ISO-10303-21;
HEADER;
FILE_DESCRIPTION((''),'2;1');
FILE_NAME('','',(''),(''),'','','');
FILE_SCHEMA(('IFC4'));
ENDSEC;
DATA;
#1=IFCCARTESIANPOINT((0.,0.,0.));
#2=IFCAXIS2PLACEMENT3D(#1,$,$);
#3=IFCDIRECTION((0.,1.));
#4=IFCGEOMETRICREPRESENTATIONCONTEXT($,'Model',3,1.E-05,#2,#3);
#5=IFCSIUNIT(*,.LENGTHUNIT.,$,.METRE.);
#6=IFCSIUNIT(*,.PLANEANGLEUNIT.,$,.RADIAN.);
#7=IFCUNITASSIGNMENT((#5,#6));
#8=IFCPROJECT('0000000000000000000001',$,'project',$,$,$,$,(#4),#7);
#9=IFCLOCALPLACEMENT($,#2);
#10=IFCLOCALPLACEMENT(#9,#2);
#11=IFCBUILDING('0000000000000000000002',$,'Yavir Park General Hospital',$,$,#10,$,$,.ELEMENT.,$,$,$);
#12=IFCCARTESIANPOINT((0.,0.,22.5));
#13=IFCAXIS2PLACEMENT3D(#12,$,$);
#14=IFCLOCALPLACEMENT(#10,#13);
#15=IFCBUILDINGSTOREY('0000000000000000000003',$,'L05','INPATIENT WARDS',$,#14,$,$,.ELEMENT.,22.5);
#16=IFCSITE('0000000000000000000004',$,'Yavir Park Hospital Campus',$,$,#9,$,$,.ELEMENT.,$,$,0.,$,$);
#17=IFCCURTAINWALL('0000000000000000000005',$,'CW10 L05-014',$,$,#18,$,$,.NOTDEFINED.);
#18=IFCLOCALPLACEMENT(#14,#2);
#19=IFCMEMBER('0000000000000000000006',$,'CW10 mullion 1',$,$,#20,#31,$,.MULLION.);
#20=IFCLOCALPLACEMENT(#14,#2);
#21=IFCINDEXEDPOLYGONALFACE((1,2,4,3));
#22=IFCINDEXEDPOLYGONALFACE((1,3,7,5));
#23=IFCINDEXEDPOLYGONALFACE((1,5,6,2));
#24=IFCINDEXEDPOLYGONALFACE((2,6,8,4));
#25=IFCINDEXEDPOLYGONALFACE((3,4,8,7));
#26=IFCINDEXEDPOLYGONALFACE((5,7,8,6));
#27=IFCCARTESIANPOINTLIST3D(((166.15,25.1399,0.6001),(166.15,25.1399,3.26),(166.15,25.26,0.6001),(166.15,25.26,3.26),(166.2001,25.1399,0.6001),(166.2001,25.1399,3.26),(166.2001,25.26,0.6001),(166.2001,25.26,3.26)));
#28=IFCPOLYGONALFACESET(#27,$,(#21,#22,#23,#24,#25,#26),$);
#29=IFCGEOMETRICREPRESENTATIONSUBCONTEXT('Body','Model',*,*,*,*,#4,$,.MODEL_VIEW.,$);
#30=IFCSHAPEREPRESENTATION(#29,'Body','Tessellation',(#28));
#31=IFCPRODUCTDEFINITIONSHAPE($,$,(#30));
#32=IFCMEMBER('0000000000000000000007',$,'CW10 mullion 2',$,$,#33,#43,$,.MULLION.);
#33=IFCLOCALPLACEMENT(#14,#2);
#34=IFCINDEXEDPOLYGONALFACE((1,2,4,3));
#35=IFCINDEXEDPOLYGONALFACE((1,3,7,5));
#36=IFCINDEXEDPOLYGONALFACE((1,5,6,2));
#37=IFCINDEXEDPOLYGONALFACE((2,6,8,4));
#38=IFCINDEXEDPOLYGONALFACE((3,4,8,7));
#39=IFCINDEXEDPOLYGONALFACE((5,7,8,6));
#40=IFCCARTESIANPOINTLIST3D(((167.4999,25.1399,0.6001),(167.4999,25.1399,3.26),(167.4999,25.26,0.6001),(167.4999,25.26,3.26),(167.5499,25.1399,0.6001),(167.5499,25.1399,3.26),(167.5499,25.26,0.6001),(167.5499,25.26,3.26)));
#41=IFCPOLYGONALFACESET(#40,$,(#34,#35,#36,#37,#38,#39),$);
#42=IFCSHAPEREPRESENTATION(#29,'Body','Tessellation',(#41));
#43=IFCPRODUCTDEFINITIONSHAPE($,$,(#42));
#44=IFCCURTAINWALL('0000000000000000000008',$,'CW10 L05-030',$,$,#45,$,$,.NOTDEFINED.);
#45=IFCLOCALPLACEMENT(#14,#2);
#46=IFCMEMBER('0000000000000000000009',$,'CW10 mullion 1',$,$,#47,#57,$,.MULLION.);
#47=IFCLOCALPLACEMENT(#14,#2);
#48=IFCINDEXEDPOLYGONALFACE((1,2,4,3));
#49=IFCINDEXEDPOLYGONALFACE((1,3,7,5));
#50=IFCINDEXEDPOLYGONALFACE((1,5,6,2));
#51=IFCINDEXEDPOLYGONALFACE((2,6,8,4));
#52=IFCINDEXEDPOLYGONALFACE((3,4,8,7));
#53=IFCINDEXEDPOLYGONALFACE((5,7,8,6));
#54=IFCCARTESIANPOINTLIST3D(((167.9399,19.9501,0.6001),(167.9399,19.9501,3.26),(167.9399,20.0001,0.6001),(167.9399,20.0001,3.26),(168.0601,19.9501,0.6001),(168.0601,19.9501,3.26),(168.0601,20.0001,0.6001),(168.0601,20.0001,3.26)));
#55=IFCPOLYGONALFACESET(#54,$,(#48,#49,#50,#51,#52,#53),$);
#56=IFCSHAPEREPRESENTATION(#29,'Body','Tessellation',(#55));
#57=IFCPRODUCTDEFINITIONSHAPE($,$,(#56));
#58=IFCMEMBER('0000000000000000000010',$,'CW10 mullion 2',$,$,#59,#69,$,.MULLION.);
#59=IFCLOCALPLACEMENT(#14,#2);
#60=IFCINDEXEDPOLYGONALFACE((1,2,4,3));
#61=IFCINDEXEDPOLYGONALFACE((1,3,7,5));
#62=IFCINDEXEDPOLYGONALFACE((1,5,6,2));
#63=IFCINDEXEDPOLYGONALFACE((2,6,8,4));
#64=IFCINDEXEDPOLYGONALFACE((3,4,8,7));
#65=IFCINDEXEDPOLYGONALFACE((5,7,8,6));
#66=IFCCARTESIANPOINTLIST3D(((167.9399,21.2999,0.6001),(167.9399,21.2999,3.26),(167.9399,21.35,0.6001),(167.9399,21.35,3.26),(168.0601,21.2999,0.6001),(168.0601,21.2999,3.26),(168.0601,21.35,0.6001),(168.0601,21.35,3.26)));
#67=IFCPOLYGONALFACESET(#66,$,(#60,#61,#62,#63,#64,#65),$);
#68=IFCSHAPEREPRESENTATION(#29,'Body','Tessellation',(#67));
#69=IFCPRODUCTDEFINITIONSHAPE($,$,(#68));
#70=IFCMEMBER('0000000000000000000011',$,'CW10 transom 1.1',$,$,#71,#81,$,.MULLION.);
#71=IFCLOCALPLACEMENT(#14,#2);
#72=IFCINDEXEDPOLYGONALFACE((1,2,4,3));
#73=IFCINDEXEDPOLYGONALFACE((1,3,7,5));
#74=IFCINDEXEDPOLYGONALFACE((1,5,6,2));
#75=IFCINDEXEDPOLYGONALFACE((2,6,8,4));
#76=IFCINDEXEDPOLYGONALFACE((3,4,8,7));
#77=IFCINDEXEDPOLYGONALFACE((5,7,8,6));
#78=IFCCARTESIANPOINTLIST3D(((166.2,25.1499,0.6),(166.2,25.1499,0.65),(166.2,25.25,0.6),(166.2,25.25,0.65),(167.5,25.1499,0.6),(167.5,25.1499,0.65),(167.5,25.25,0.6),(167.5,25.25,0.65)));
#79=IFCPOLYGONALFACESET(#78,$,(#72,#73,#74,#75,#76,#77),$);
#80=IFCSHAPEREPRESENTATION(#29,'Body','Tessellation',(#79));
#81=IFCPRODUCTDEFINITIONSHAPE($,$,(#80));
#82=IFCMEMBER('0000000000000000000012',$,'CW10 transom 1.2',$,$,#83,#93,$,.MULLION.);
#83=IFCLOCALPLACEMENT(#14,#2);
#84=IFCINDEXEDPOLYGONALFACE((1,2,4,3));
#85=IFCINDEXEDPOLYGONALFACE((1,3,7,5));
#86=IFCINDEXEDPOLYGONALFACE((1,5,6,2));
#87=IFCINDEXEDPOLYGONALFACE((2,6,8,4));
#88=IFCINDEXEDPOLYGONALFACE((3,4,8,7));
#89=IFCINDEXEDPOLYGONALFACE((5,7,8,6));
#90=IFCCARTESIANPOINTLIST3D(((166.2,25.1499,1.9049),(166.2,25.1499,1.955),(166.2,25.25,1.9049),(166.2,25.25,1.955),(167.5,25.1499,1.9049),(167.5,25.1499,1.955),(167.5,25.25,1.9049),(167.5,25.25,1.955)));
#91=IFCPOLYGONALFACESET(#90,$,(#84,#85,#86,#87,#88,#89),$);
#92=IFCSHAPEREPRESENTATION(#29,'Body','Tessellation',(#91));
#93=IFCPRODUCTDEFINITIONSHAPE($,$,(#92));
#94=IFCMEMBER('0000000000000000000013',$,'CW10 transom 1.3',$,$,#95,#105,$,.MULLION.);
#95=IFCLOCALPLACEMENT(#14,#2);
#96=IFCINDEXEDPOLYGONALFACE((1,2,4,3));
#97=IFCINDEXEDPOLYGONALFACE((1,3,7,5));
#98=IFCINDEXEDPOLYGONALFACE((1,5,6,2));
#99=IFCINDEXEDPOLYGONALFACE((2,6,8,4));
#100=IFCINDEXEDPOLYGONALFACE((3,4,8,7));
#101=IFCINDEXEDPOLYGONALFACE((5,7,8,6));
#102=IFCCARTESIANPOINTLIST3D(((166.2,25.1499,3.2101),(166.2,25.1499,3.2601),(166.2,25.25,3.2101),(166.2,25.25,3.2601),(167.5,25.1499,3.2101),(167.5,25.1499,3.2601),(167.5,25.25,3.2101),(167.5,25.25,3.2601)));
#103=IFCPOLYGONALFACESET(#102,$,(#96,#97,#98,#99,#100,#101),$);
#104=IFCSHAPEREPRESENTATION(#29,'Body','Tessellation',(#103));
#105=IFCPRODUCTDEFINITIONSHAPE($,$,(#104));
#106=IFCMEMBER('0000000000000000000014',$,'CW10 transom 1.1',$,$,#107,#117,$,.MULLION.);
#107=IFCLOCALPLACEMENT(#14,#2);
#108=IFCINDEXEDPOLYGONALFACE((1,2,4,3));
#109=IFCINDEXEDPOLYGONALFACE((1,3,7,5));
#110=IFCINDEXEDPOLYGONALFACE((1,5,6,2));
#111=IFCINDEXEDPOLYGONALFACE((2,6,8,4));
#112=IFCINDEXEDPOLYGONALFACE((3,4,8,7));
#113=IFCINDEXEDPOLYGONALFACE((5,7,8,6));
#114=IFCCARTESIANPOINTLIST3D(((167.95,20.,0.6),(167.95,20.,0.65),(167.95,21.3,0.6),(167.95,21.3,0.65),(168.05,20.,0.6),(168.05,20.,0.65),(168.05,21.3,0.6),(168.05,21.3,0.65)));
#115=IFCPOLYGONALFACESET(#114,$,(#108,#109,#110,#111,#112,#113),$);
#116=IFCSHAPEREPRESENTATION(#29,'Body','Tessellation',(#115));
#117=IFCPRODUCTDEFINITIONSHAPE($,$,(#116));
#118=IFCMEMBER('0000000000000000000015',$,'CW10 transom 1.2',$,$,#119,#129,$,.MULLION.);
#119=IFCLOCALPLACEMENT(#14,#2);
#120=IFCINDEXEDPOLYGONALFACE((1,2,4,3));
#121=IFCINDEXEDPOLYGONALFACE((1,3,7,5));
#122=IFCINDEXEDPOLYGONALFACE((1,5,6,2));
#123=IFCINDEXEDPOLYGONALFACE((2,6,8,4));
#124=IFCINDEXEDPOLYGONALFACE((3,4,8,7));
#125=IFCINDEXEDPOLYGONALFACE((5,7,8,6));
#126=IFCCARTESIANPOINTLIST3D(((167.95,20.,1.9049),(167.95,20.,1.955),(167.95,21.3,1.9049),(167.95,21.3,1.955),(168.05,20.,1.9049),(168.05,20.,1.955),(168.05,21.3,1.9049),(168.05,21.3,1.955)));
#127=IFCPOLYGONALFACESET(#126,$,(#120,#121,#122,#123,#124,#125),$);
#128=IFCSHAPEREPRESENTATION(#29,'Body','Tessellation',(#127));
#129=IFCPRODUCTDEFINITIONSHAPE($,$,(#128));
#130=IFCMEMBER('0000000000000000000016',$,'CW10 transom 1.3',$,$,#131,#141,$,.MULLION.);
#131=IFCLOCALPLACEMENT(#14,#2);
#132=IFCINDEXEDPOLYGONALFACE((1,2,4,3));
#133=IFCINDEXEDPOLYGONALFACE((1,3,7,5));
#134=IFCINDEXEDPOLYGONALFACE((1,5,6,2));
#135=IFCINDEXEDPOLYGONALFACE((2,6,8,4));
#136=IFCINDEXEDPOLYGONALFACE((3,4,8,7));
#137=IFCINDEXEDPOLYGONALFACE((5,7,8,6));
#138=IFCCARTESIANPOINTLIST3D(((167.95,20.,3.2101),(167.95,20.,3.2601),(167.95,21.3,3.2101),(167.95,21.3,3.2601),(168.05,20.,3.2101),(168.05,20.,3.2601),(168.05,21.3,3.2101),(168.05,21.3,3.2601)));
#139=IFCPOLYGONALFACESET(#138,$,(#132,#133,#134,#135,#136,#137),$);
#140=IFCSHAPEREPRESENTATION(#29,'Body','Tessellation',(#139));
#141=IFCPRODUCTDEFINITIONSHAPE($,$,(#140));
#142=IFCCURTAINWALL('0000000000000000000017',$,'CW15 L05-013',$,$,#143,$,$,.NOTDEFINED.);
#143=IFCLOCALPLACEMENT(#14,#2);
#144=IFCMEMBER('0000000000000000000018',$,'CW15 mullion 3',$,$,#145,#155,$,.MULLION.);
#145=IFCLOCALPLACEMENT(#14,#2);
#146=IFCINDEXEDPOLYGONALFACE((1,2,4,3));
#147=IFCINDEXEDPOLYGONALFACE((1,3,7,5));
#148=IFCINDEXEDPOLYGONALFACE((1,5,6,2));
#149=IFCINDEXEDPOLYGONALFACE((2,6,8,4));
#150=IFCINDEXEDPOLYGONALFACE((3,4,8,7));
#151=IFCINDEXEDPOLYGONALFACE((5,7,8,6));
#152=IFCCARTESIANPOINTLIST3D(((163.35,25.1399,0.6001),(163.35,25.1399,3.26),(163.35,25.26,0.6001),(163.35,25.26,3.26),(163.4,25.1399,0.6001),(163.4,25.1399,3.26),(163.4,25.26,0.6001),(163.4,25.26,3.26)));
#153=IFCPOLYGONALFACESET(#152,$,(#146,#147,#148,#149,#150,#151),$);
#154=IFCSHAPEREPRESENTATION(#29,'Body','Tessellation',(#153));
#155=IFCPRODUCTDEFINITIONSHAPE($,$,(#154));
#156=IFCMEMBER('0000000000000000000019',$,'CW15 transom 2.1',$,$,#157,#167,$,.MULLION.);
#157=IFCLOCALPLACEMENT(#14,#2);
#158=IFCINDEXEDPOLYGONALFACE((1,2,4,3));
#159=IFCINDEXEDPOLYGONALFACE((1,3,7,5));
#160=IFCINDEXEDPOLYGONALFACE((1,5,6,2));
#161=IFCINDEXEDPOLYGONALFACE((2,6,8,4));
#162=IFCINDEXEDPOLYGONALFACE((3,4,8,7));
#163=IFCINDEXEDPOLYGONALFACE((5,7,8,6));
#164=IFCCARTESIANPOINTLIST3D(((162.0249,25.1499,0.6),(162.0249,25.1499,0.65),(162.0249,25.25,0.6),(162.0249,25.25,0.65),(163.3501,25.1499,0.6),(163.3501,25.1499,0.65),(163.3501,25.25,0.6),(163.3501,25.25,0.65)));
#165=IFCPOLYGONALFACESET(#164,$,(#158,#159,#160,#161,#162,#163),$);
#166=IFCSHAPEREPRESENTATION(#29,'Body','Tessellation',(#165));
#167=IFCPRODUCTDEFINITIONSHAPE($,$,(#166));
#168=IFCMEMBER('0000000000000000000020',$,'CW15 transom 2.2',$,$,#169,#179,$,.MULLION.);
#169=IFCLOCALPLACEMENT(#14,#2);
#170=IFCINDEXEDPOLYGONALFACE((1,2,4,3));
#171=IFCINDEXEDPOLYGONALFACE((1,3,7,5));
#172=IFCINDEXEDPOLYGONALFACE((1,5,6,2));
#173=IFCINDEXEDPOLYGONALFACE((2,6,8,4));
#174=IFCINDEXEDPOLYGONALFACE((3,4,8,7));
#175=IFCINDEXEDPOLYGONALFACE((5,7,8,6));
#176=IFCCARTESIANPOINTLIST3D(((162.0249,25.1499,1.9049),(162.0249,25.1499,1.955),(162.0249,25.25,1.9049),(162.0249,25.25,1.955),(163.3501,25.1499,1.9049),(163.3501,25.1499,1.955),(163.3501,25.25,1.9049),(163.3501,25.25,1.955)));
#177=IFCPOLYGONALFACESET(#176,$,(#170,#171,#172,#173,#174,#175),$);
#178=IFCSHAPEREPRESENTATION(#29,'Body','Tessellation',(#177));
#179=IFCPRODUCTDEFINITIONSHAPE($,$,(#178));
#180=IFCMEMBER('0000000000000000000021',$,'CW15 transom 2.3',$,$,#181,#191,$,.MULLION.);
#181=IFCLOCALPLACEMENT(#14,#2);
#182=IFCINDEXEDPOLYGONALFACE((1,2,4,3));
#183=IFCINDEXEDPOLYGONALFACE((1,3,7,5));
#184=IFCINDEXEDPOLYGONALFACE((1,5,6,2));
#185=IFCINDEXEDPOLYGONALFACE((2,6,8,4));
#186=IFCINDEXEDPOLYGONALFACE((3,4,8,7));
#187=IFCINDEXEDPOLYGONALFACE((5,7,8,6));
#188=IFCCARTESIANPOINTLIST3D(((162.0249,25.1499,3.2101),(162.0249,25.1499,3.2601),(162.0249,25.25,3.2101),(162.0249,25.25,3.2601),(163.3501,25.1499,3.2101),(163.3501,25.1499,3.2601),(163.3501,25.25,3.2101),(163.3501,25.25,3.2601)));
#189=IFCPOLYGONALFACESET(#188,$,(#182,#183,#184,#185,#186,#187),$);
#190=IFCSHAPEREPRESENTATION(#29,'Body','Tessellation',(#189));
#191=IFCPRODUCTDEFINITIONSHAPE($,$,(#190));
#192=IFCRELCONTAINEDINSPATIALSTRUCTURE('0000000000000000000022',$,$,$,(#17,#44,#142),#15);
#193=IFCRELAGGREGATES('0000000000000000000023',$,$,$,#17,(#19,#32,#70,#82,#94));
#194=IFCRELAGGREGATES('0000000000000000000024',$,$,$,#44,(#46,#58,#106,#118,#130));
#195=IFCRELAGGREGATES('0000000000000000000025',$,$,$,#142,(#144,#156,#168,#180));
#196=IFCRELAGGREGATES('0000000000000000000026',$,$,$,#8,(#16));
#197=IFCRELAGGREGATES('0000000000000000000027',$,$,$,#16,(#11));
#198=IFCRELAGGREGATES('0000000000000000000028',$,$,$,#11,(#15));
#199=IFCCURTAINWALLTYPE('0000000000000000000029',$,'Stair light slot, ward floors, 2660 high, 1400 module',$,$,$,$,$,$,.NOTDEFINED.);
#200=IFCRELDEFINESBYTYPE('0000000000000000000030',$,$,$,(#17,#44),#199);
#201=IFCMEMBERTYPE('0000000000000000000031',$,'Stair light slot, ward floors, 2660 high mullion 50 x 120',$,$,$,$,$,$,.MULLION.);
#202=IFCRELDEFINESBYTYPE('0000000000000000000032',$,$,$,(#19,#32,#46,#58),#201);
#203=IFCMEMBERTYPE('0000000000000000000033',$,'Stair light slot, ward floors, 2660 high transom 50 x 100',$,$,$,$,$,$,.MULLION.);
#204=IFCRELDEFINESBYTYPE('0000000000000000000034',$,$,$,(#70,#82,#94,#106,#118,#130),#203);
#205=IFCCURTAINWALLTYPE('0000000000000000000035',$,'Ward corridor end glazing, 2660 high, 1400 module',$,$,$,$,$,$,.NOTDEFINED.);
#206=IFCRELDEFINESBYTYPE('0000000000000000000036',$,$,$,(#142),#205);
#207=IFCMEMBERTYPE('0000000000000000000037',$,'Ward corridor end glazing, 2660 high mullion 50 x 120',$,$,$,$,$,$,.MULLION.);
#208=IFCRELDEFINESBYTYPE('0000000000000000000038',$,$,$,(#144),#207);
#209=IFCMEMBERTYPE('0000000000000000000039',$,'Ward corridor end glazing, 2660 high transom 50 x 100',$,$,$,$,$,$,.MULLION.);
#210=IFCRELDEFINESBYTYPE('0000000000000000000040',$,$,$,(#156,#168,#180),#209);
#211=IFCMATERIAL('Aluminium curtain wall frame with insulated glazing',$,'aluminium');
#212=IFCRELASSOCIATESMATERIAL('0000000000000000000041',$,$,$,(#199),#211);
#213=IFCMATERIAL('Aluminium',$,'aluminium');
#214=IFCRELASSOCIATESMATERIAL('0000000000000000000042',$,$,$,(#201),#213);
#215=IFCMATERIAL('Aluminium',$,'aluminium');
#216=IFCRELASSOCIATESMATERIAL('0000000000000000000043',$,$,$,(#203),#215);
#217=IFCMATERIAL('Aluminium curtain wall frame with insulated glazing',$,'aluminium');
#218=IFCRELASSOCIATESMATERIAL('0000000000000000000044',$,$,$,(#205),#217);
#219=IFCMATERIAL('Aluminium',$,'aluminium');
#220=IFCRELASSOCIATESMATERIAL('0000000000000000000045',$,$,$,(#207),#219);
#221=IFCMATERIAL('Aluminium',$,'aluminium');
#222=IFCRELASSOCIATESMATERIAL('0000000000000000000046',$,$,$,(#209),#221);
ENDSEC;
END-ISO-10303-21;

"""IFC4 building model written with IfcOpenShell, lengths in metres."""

from ifc_helpers import new_model, si_unit, direction, frame, origin, origin_2d, place, context, subcontext, project, spatial, rectangle, extrude, material, material_profile, profile_set, type_object, element, aggregate, save


model = new_model("IFC4")

# Units and contexts
model_context = context("Model", 3, precision=1e-05, world=origin(), true_north=direction((0.0, 1.0)))
body_context = subcontext(model_context, "Body", "Model", "MODEL_VIEW")
ifc_project = project(units=[si_unit("LENGTHUNIT", "METRE"), si_unit("PLANEANGLEUNIT", "RADIAN")], contexts=[model_context])

# Site, building, storey
site_placement = place(None, origin())
site = spatial("IfcSite", under=ifc_project, at=site_placement, Name="Yavir Park Hospital Campus", CompositionType="ELEMENT", RefElevation=0.0)
building_placement = place(site_placement, origin())
building = spatial("IfcBuilding", under=site, at=building_placement, Name="Yavir Park General Hospital", CompositionType="ELEMENT")
storey_placement = place(building_placement, frame((0.0, 0.0, 22.5)))
storey = spatial("IfcBuildingStorey", under=building, at=storey_placement, Name="L05", Description="INPATIENT WARDS", CompositionType="ELEMENT", Elevation=22.5)

# Curtain walls, members
ifc_material_1 = material(Name="Aluminium curtain wall frame with insulated glazing", Category="aluminium")
curtain_wall_type_1 = type_object("IfcCurtainWallType", Name="Stair light slot, ward floors, 2660 high, 1400 module", PredefinedType="NOTDEFINED", material=ifc_material_1)
curtain_wall_1_placement = place(storey_placement, origin())
curtain_wall_1 = element("IfcCurtainWall", 1, at=curtain_wall_1_placement, inside=storey, type_object=curtain_wall_type_1, Name="CW10 L05-014", PredefinedType="NOTDEFINED")
ifc_material_2 = material(Name="Aluminium", Category="aluminium")
ifc_material_profile_1 = material_profile(ifc_material_2, rectangle(XDim=0.1201, YDim=0.05, at=origin_2d()), Name="AL 50x120")
ifc_profile_set_1 = profile_set([ifc_material_profile_1], Name="Aluminium")
member_type_1 = type_object("IfcMemberType", Name="Stair light slot, ward floors, 2660 high mullion 50 x 120", PredefinedType="MULLION", material=ifc_profile_set_1)
member_1_placement = place(storey_placement, frame((166.175, 25.2, 0.6001), z_axis=(0.0, 0.0, 1.0), x_axis=(0.0, 1.0, 0.0)))
member_1 = element("IfcMember", 2, at=member_1_placement, type_object=member_type_1, Name="CW10 mullion 1", PredefinedType="MULLION", context=body_context, shape_type="SweptSolid", body=[
    extrude(rectangle(XDim=0.1201, YDim=0.05, at=origin_2d()), origin(), (0.0, 0.0, 1.0), 2.6599),
])
member_2_placement = place(storey_placement, frame((167.5249, 25.2, 0.6001), z_axis=(0.0, 0.0, 1.0), x_axis=(0.0, 1.0, 0.0)))
member_2 = element("IfcMember", 3, at=member_2_placement, type_object=member_type_1, Name="CW10 mullion 2", PredefinedType="MULLION", context=body_context, shape_type="SweptSolid", body=[
    extrude(rectangle(XDim=0.1201, YDim=0.05, at=origin_2d()), origin(), (0.0, 0.0, 1.0), 2.6599),
])
curtain_wall_2_placement = place(storey_placement, origin())
curtain_wall_2 = element("IfcCurtainWall", 4, at=curtain_wall_2_placement, inside=storey, type_object=curtain_wall_type_1, Name="CW10 L05-030", PredefinedType="NOTDEFINED")
member_3_placement = place(storey_placement, frame((168.0, 19.9751, 0.6001), z_axis=(0.0, 0.0, 1.0), x_axis=(-1.0, 0.0, 0.0)))
member_3 = element("IfcMember", 5, at=member_3_placement, type_object=member_type_1, Name="CW10 mullion 1", PredefinedType="MULLION", context=body_context, shape_type="SweptSolid", body=[
    extrude(rectangle(XDim=0.1201, YDim=0.05, at=origin_2d()), origin(), (0.0, 0.0, 1.0), 2.6599),
])
member_4_placement = place(storey_placement, frame((168.0, 21.325, 0.6001), z_axis=(0.0, 0.0, 1.0), x_axis=(-1.0, 0.0, 0.0)))
member_4 = element("IfcMember", 6, at=member_4_placement, type_object=member_type_1, Name="CW10 mullion 2", PredefinedType="MULLION", context=body_context, shape_type="SweptSolid", body=[
    extrude(rectangle(XDim=0.1201, YDim=0.05, at=origin_2d()), origin(), (0.0, 0.0, 1.0), 2.6599),
])

# Members
ifc_material_3 = material(Name="Aluminium", Category="aluminium")
ifc_material_profile_2 = material_profile(ifc_material_3, rectangle(XDim=0.1001, YDim=0.05, at=origin_2d()), Name="AL 100x50")
ifc_profile_set_2 = profile_set([ifc_material_profile_2], Name="Aluminium")
member_type_2 = type_object("IfcMemberType", Name="Stair light slot, ward floors, 2660 high transom 50 x 100", PredefinedType="MULLION", material=ifc_profile_set_2)
member_5_placement = place(storey_placement, frame((166.2, 25.2, 0.625), z_axis=(1.0, 0.0, 0.0), x_axis=(0.0, 1.0, 0.0)))
member_5 = element("IfcMember", 7, at=member_5_placement, type_object=member_type_2, Name="CW10 transom 1.1", PredefinedType="MULLION", context=body_context, shape_type="SweptSolid", body=[
    extrude(rectangle(XDim=0.1001, YDim=0.05, at=origin_2d()), origin(), (0.0, 0.0, 1.0), 1.3),
])
member_6_placement = place(storey_placement, frame((166.2, 25.2, 1.9299), z_axis=(1.0, 0.0, 0.0), x_axis=(0.0, 1.0, 0.0)))
member_6 = element("IfcMember", 8, at=member_6_placement, type_object=member_type_2, Name="CW10 transom 1.2", PredefinedType="MULLION", context=body_context, shape_type="SweptSolid", body=[
    extrude(rectangle(XDim=0.1001, YDim=0.05, at=origin_2d()), origin(), (0.0, 0.0, 1.0), 1.3),
])
member_7_placement = place(storey_placement, frame((166.2, 25.2, 3.2351), z_axis=(1.0, 0.0, 0.0), x_axis=(0.0, 1.0, 0.0)))
member_7 = element("IfcMember", 9, at=member_7_placement, type_object=member_type_2, Name="CW10 transom 1.3", PredefinedType="MULLION", context=body_context, shape_type="SweptSolid", body=[
    extrude(rectangle(XDim=0.1001, YDim=0.05, at=origin_2d()), origin(), (0.0, 0.0, 1.0), 1.3),
])
member_8_placement = place(storey_placement, frame((168.0, 20.0, 0.625), z_axis=(0.0, 1.0, 0.0), x_axis=(-1.0, 0.0, 0.0)))
member_8 = element("IfcMember", 10, at=member_8_placement, type_object=member_type_2, Name="CW10 transom 1.1", PredefinedType="MULLION", context=body_context, shape_type="SweptSolid", body=[
    extrude(rectangle(XDim=0.1001, YDim=0.05, at=origin_2d()), origin(), (0.0, 0.0, 1.0), 1.3),
])
member_9_placement = place(storey_placement, frame((168.0, 20.0, 1.9299), z_axis=(0.0, 1.0, 0.0), x_axis=(-1.0, 0.0, 0.0)))
member_9 = element("IfcMember", 11, at=member_9_placement, type_object=member_type_2, Name="CW10 transom 1.2", PredefinedType="MULLION", context=body_context, shape_type="SweptSolid", body=[
    extrude(rectangle(XDim=0.1001, YDim=0.05, at=origin_2d()), origin(), (0.0, 0.0, 1.0), 1.3),
])
member_10_placement = place(storey_placement, frame((168.0, 20.0, 3.2351), z_axis=(0.0, 1.0, 0.0), x_axis=(-1.0, 0.0, 0.0)))
member_10 = element("IfcMember", 12, at=member_10_placement, type_object=member_type_2, Name="CW10 transom 1.3", PredefinedType="MULLION", context=body_context, shape_type="SweptSolid", body=[
    extrude(rectangle(XDim=0.1001, YDim=0.05, at=origin_2d()), origin(), (0.0, 0.0, 1.0), 1.3),
])

# Curtain wall, members
ifc_material_4 = material(Name="Aluminium curtain wall frame with insulated glazing", Category="aluminium")
curtain_wall_type_2 = type_object("IfcCurtainWallType", Name="Ward corridor end glazing, 2660 high, 1400 module", PredefinedType="NOTDEFINED", material=ifc_material_4)
curtain_wall_3_placement = place(storey_placement, origin())
curtain_wall_3 = element("IfcCurtainWall", 13, at=curtain_wall_3_placement, inside=storey, type_object=curtain_wall_type_2, Name="CW15 L05-013", PredefinedType="NOTDEFINED")
ifc_material_5 = material(Name="Aluminium", Category="aluminium")
ifc_material_profile_3 = material_profile(ifc_material_5, rectangle(XDim=0.1201, YDim=0.05, at=origin_2d()), Name="AL 50x120")
ifc_profile_set_3 = profile_set([ifc_material_profile_3], Name="Aluminium")
member_type_3 = type_object("IfcMemberType", Name="Ward corridor end glazing, 2660 high mullion 50 x 120", PredefinedType="MULLION", material=ifc_profile_set_3)
member_11_placement = place(storey_placement, frame((163.375, 25.2, 0.6001), z_axis=(0.0, 0.0, 1.0), x_axis=(0.0, 1.0, 0.0)))
member_11 = element("IfcMember", 14, at=member_11_placement, type_object=member_type_3, Name="CW15 mullion 3", PredefinedType="MULLION", context=body_context, shape_type="SweptSolid", body=[
    extrude(rectangle(XDim=0.1201, YDim=0.05, at=origin_2d()), origin(), (0.0, 0.0, 1.0), 2.6599),
])
ifc_material_6 = material(Name="Aluminium", Category="aluminium")
ifc_material_profile_4 = material_profile(ifc_material_6, rectangle(XDim=0.1001, YDim=0.05, at=origin_2d()), Name="AL 100x50")
ifc_profile_set_4 = profile_set([ifc_material_profile_4], Name="Aluminium")
member_type_4 = type_object("IfcMemberType", Name="Ward corridor end glazing, 2660 high transom 50 x 100", PredefinedType="MULLION", material=ifc_profile_set_4)
member_12_placement = place(storey_placement, frame((162.0249, 25.2, 0.625), z_axis=(1.0, 0.0, 0.0), x_axis=(0.0, 1.0, 0.0)))
member_12 = element("IfcMember", 15, at=member_12_placement, type_object=member_type_4, Name="CW15 transom 2.1", PredefinedType="MULLION", context=body_context, shape_type="SweptSolid", body=[
    extrude(rectangle(XDim=0.1001, YDim=0.05, at=origin_2d()), origin(), (0.0, 0.0, 1.0), 1.3252),
])
member_13_placement = place(storey_placement, frame((162.0249, 25.2, 1.9299), z_axis=(1.0, 0.0, 0.0), x_axis=(0.0, 1.0, 0.0)))
member_13 = element("IfcMember", 16, at=member_13_placement, type_object=member_type_4, Name="CW15 transom 2.2", PredefinedType="MULLION", context=body_context, shape_type="SweptSolid", body=[
    extrude(rectangle(XDim=0.1001, YDim=0.05, at=origin_2d()), origin(), (0.0, 0.0, 1.0), 1.3252),
])
member_14_placement = place(storey_placement, frame((162.0249, 25.2, 3.2351), z_axis=(1.0, 0.0, 0.0), x_axis=(0.0, 1.0, 0.0)))
member_14 = element("IfcMember", 17, at=member_14_placement, type_object=member_type_4, Name="CW15 transom 2.3", PredefinedType="MULLION", context=body_context, shape_type="SweptSolid", body=[
    extrude(rectangle(XDim=0.1001, YDim=0.05, at=origin_2d()), origin(), (0.0, 0.0, 1.0), 1.3252),
])

aggregate(curtain_wall_1, [member_1, member_2, member_5, member_6, member_7])
aggregate(curtain_wall_2, [member_3, member_4, member_8, member_9, member_10])
aggregate(curtain_wall_3, [member_11, member_12, member_13, member_14])

save(model, "model.ifc")
